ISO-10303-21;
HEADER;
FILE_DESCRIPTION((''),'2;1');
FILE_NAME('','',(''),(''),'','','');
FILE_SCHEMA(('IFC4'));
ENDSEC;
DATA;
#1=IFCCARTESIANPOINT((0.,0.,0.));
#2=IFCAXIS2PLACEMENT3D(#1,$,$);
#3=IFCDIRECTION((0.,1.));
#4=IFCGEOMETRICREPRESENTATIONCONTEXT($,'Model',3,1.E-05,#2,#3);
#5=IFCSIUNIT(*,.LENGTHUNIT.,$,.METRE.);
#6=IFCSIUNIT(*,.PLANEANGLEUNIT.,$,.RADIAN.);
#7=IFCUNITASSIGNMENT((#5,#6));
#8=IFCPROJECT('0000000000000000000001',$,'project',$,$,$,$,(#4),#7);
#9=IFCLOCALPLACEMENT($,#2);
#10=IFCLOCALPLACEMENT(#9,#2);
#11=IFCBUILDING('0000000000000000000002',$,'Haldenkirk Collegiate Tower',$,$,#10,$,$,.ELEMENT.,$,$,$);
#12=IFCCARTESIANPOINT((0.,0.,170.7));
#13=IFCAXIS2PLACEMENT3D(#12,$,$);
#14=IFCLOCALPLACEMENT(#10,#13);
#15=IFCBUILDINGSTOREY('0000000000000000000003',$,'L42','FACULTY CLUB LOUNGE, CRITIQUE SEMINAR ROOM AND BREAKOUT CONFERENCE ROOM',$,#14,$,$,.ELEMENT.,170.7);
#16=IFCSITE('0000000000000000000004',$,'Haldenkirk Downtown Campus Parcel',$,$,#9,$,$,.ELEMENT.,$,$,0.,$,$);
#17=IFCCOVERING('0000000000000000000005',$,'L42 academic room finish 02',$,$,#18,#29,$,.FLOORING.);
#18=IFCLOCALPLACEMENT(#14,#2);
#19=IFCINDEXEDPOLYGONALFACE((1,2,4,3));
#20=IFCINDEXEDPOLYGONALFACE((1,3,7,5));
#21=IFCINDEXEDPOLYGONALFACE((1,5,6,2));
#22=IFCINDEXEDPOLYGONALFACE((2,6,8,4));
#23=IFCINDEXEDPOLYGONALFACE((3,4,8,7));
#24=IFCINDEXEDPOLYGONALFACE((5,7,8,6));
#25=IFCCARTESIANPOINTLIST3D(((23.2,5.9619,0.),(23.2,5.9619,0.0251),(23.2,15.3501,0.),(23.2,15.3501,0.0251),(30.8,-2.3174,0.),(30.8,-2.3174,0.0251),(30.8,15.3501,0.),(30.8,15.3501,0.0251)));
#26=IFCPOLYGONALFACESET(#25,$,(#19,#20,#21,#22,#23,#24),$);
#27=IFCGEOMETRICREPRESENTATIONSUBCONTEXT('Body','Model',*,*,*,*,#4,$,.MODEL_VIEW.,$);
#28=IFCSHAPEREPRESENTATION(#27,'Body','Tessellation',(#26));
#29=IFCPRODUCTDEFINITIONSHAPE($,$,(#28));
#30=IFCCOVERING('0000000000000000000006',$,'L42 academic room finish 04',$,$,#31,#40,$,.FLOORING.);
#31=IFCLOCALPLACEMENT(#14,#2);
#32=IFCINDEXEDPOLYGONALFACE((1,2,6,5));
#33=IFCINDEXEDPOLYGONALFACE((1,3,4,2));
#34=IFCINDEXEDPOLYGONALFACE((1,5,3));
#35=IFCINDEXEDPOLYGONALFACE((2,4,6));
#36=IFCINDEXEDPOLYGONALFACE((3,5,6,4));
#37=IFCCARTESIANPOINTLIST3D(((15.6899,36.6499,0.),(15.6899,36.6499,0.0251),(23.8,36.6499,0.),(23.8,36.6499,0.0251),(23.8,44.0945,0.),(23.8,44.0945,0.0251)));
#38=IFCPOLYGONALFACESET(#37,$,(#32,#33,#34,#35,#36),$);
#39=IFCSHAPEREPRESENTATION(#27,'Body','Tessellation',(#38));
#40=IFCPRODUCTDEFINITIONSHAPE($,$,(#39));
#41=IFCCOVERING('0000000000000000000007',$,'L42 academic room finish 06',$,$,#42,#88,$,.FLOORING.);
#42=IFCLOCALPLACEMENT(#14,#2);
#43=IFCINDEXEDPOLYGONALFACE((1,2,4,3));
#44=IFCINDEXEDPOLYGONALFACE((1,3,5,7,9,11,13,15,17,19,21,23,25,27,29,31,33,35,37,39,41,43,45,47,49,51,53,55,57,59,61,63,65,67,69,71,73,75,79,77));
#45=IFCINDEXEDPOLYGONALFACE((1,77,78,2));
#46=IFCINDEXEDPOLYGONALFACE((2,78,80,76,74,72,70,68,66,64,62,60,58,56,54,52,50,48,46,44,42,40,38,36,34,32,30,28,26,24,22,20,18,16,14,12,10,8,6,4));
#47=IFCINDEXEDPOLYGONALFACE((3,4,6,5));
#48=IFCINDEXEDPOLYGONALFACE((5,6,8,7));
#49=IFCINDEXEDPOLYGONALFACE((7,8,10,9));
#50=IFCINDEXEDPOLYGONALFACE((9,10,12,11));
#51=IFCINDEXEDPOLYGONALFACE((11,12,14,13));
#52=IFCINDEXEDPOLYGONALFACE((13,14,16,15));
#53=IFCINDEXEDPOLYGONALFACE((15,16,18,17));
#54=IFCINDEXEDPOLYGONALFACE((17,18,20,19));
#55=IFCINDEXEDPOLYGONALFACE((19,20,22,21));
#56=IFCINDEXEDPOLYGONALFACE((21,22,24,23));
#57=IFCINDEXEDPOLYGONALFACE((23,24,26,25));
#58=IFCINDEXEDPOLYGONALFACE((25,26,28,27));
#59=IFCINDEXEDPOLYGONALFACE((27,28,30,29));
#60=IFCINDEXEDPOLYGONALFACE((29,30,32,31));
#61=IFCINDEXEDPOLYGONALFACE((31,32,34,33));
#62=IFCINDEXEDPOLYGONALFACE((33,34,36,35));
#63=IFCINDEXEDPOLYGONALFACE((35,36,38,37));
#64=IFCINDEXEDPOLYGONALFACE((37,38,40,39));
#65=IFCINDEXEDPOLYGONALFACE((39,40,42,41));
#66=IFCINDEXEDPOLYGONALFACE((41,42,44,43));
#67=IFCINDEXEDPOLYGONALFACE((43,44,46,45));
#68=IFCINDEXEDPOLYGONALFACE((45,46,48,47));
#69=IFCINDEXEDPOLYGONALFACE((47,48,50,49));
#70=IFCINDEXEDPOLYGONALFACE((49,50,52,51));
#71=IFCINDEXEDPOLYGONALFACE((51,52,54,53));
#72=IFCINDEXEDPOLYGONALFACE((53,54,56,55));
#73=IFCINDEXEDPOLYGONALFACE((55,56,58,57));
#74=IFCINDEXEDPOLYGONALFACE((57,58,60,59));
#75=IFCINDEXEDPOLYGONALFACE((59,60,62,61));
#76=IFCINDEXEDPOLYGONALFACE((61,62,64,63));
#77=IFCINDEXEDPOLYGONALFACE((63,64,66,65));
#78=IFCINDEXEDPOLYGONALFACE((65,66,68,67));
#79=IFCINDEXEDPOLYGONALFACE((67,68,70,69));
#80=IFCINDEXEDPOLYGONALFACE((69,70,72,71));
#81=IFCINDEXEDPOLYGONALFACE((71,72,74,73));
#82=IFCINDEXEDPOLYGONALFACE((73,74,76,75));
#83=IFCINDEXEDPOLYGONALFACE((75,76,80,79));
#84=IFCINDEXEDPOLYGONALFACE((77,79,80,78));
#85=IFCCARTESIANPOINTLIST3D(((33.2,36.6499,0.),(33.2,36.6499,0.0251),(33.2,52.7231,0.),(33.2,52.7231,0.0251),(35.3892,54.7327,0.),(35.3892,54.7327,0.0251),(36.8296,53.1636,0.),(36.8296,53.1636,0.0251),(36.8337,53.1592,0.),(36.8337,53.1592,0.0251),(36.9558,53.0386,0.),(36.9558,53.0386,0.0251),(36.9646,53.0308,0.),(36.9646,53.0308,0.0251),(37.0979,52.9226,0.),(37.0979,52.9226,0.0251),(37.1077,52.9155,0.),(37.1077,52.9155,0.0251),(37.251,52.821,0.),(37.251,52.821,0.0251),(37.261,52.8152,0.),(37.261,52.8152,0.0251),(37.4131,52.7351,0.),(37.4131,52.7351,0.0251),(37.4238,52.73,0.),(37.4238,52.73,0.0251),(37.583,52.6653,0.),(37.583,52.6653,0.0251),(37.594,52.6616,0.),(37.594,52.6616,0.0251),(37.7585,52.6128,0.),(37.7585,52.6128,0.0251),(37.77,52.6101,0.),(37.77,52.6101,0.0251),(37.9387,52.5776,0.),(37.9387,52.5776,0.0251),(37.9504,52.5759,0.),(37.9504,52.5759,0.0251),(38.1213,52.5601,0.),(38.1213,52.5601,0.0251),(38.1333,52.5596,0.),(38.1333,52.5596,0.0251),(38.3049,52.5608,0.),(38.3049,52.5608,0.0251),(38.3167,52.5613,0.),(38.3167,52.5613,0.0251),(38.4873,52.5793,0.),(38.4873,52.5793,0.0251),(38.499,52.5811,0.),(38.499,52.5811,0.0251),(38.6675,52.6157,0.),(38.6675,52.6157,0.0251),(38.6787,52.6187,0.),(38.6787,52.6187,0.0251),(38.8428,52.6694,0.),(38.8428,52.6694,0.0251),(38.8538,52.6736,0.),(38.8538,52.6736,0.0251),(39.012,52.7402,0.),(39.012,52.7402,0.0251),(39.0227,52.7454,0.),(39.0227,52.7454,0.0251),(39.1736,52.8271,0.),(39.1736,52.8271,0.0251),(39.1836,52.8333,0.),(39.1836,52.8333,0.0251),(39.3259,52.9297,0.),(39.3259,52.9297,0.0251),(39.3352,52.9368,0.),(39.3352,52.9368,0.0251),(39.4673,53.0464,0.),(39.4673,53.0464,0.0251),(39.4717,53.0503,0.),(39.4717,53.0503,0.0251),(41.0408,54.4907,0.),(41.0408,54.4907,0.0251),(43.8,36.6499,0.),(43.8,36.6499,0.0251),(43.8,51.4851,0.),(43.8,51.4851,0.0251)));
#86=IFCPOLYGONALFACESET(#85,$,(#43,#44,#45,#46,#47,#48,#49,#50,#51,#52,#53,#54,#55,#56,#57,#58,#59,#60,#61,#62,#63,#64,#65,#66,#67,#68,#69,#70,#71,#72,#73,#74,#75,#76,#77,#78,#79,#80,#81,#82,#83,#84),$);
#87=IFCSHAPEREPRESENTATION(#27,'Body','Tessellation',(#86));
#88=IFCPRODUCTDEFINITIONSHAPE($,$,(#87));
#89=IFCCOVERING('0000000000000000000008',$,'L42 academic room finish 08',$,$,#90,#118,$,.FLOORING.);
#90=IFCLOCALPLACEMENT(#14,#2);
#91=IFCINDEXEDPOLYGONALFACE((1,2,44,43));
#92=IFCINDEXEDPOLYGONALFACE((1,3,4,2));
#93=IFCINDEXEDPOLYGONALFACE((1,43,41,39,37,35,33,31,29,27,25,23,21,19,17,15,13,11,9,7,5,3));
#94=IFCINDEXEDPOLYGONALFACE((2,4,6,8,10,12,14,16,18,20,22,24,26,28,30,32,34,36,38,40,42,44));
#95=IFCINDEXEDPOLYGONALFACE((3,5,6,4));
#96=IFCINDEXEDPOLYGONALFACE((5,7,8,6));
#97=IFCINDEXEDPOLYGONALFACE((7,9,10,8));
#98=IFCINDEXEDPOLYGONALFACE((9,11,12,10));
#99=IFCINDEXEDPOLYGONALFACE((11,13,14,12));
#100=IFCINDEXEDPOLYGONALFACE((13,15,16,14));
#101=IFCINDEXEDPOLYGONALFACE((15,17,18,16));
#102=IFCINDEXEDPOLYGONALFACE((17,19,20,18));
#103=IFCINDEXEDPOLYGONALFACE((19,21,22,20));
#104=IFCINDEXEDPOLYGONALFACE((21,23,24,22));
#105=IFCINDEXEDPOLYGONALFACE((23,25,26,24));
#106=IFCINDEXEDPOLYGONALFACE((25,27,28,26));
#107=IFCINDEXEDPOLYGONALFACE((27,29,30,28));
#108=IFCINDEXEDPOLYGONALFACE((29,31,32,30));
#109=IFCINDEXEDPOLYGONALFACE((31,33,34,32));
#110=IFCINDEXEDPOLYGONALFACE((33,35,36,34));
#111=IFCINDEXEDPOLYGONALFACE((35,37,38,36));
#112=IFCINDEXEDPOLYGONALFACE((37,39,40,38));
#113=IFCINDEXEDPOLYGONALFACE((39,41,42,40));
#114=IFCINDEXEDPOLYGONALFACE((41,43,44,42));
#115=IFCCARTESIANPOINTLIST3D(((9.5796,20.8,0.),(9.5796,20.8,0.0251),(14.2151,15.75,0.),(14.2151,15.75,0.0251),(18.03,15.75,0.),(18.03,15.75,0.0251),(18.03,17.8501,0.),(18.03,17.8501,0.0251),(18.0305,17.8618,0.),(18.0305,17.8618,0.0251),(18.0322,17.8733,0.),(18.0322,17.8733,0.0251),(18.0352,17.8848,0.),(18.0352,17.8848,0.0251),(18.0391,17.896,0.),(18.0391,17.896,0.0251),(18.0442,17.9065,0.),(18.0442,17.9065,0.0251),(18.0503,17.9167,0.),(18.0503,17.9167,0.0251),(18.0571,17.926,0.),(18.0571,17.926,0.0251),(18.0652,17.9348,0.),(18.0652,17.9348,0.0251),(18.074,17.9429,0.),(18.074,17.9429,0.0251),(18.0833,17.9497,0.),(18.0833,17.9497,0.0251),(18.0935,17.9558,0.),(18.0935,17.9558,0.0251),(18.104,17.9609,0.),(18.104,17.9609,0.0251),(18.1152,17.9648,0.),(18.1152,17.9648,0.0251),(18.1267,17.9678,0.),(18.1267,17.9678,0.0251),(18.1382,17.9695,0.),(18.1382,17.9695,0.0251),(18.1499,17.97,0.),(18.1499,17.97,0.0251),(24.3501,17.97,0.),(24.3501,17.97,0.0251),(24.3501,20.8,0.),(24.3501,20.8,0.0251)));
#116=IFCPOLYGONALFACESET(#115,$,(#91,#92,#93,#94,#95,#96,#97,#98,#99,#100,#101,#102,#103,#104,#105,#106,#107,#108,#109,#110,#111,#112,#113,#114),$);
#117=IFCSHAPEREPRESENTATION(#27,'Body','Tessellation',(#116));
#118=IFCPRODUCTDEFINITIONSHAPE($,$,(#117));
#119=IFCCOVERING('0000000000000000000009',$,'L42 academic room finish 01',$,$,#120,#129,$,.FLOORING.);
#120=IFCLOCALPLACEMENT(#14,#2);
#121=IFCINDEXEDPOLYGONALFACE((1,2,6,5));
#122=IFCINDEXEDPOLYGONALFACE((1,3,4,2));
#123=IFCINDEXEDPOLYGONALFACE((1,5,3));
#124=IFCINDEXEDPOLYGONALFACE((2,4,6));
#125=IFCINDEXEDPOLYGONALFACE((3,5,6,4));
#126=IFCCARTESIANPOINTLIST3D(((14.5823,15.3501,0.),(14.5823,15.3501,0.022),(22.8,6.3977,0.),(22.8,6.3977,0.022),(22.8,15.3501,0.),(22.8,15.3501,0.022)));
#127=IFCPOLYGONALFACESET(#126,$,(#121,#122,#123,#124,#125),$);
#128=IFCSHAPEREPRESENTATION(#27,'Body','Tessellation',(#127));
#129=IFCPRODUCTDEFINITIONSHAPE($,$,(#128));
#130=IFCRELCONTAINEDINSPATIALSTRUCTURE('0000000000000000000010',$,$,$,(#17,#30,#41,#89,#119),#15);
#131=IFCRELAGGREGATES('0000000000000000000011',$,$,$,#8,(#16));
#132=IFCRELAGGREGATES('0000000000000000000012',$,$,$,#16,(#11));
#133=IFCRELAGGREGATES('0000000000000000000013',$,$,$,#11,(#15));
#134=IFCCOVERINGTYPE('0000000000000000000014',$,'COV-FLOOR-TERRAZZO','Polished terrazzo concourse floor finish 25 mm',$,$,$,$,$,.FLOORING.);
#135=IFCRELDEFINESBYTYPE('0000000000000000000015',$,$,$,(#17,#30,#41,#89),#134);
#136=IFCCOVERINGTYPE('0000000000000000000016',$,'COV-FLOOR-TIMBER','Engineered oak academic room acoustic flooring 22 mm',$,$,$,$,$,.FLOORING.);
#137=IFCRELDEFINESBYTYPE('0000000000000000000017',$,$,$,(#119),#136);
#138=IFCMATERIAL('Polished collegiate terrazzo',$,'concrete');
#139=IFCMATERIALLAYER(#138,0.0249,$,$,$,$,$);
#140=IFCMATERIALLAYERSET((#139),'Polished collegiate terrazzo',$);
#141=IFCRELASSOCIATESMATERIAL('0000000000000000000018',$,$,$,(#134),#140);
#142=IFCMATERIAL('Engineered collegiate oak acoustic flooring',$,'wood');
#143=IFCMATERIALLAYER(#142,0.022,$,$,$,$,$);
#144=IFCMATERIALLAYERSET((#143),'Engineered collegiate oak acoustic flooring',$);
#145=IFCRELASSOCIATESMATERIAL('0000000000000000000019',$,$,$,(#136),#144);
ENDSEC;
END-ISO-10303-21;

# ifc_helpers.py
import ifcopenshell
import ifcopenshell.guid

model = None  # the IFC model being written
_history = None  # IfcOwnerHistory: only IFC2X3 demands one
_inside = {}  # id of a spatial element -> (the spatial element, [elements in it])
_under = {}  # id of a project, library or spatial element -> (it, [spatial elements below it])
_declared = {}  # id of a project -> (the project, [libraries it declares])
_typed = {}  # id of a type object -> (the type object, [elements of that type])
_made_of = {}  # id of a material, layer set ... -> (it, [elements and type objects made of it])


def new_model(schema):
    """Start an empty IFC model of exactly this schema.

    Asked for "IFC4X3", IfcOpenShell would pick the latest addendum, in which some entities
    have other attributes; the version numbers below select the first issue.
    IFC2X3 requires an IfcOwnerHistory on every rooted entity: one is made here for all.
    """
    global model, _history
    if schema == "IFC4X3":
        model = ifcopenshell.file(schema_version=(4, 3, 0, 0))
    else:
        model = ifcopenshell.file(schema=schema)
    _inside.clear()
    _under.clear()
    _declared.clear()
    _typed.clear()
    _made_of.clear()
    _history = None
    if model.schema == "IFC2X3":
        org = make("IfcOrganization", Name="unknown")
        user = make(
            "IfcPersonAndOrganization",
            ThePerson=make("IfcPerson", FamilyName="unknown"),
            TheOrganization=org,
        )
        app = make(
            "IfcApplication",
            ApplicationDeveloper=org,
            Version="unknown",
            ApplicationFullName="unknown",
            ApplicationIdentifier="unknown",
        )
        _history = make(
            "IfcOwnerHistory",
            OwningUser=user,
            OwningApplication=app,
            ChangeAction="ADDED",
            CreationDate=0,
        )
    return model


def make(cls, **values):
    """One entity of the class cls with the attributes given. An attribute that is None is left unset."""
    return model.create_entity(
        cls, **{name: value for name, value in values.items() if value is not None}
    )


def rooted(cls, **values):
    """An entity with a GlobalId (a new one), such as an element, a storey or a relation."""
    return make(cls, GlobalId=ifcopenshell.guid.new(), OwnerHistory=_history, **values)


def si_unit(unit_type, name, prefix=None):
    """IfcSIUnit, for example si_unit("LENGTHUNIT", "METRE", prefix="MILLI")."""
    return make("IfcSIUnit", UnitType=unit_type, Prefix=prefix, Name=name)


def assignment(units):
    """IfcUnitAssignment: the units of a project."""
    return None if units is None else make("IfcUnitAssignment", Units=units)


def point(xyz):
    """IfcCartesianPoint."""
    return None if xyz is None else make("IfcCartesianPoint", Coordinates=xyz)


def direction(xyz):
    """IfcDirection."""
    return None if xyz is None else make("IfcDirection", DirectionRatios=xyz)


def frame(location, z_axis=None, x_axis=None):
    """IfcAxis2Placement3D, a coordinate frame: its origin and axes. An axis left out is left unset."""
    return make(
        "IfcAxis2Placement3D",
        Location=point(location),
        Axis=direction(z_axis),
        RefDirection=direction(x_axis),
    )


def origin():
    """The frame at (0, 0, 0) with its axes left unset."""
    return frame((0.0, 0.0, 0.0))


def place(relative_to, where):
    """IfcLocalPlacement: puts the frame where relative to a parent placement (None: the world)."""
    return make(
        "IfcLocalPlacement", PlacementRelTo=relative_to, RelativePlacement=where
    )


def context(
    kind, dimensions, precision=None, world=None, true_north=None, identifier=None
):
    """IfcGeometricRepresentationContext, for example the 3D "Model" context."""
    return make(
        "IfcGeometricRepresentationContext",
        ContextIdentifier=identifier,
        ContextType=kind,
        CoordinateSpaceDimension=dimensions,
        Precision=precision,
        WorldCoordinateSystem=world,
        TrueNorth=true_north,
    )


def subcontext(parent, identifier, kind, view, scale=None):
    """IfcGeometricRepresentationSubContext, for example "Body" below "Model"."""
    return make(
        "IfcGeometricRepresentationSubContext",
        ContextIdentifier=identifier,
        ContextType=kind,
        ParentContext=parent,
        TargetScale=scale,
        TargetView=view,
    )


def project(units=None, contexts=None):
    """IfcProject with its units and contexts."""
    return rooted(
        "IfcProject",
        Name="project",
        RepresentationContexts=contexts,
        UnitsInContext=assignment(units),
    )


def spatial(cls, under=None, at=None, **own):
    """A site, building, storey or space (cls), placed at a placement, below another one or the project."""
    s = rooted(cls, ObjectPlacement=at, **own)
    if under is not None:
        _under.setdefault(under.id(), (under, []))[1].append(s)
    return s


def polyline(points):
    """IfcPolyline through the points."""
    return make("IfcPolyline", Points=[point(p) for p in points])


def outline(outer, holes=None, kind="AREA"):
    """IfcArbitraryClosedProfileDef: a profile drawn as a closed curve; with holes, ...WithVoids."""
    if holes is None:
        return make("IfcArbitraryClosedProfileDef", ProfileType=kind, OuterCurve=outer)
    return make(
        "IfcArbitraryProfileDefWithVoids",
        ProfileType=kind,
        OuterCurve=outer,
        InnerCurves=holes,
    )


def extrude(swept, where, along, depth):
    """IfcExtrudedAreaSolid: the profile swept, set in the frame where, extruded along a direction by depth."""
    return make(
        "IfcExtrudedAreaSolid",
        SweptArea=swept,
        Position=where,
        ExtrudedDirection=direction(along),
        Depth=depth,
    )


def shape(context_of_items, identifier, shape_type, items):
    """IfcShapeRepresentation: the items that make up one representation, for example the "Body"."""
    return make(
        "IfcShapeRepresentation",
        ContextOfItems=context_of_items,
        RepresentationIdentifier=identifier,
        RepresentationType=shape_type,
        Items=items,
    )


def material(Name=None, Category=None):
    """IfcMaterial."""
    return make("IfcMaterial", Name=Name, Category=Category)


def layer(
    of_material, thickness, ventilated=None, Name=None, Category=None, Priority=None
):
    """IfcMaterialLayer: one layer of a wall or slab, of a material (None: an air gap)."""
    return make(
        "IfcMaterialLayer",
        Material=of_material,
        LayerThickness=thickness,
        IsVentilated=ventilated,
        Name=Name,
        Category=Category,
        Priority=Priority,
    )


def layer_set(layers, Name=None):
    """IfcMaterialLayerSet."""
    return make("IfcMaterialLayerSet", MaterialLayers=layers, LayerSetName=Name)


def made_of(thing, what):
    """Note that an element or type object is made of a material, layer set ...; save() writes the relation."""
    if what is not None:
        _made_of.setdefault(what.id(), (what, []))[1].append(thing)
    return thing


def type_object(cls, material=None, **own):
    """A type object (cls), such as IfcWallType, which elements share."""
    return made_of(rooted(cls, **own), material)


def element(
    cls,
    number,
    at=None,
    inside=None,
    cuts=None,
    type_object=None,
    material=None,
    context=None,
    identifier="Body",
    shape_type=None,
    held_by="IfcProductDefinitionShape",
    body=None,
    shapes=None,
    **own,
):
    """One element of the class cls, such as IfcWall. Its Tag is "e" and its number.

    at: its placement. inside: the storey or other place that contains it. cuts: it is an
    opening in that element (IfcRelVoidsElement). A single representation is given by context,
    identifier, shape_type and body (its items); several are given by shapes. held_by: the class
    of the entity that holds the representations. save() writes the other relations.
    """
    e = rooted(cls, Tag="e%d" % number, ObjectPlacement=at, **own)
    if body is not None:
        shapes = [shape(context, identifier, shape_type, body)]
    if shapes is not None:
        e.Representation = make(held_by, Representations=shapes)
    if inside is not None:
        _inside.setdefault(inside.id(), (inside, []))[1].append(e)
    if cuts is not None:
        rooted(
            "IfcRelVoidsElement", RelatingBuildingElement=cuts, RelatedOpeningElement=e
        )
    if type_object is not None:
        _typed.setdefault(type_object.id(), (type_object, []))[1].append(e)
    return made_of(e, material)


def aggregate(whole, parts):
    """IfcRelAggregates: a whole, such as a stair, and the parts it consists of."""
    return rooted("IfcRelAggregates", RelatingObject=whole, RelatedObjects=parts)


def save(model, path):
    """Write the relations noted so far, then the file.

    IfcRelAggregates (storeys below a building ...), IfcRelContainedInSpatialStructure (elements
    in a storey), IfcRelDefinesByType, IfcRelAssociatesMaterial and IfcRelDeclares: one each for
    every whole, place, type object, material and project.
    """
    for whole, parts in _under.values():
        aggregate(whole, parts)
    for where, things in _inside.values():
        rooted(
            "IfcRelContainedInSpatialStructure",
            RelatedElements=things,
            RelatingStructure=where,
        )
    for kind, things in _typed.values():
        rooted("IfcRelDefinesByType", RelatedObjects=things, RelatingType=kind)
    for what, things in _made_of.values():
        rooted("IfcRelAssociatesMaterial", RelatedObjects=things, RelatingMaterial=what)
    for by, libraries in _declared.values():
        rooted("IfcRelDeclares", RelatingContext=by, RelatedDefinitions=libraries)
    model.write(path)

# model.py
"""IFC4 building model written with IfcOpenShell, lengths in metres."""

from ifc_helpers import new_model, si_unit, direction, frame, origin, place, context, subcontext, project, spatial, polyline, outline, extrude, material, layer, layer_set, type_object, element, save


model = new_model("IFC4")

# Units and contexts
model_context = context("Model", 3, precision=1e-05, world=origin(), true_north=direction((0.0, 1.0)))
body_context = subcontext(model_context, "Body", "Model", "MODEL_VIEW")
ifc_project = project(units=[si_unit("LENGTHUNIT", "METRE"), si_unit("PLANEANGLEUNIT", "RADIAN")], contexts=[model_context])

# Site, building, storey
site_placement = place(None, origin())
site = spatial("IfcSite", under=ifc_project, at=site_placement, Name="Haldenkirk Downtown Campus Parcel", CompositionType="ELEMENT", RefElevation=0.0)
building_placement = place(site_placement, origin())
building = spatial("IfcBuilding", under=site, at=building_placement, Name="Haldenkirk Collegiate Tower", CompositionType="ELEMENT")
storey_placement = place(building_placement, frame((0.0, 0.0, 170.7)))
storey = spatial("IfcBuildingStorey", under=building, at=storey_placement, Name="L42", Description="FACULTY CLUB LOUNGE, CRITIQUE SEMINAR ROOM AND BREAKOUT CONFERENCE ROOM", CompositionType="ELEMENT", Elevation=170.7)

# Coverings
ifc_material_1 = material(Name="Polished collegiate terrazzo", Category="concrete")
ifc_layer_1 = layer(ifc_material_1, 0.0249)
ifc_layer_set_1 = layer_set([ifc_layer_1], Name="Polished collegiate terrazzo")
covering_type_1 = type_object("IfcCoveringType", Name="COV-FLOOR-TERRAZZO", Description="Polished terrazzo concourse floor finish 25 mm", PredefinedType="FLOORING", material=ifc_layer_set_1)
covering_1_placement = place(storey_placement, origin())
element("IfcCovering", 1, at=covering_1_placement, inside=storey, type_object=covering_type_1, Name="L42 academic room finish 02", PredefinedType="FLOORING", context=body_context, shape_type="SweptSolid", body=[
    extrude(outline(polyline([(23.2, 5.9619), (23.2, 15.3501), (30.8, 15.3501), (30.8, -2.3174), (23.2, 5.9619)])), origin(), (0.0, 0.0, 1.0), 0.0251),
])
covering_2_placement = place(storey_placement, origin())
element("IfcCovering", 2, at=covering_2_placement, inside=storey, type_object=covering_type_1, Name="L42 academic room finish 04", PredefinedType="FLOORING", context=body_context, shape_type="SweptSolid", body=[
    extrude(outline(polyline([(23.8, 44.0945), (23.8, 36.6499), (15.6899, 36.6499), (23.8, 44.0945)])), origin(), (0.0, 0.0, 1.0), 0.0251),
])
covering_3_placement = place(storey_placement, origin())
element("IfcCovering", 3, at=covering_3_placement, inside=storey, type_object=covering_type_1, Name="L42 academic room finish 06", PredefinedType="FLOORING", context=body_context, shape_type="SweptSolid", body=[
    extrude(outline(polyline([(36.8296, 53.1636), (36.8337, 53.1592), (36.9558, 53.0386), (36.9646, 53.0308), (37.0979, 52.9226), (37.1077, 52.9155), (37.251, 52.821), (37.261, 52.8152), (37.4131, 52.7351), (37.4238, 52.73), (37.583, 52.6653), (37.594, 52.6616), (37.7585, 52.6128), (37.77, 52.6101), (37.9387, 52.5776), (37.9504, 52.5759), (38.1213, 52.5601), (38.1333, 52.5596), (38.3049, 52.5608), (38.3167, 52.5613), (38.4873, 52.5793), (38.499, 52.5811), (38.6675, 52.6157), (38.6787, 52.6187), (38.8428, 52.6694), (38.8538, 52.6736), (39.012, 52.7402), (39.0227, 52.7454), (39.1736, 52.8271), (39.1836, 52.8333), (39.3259, 52.9297), (39.3352, 52.9368), (39.4673, 53.0464), (39.4717, 53.0503), (41.0408, 54.4907), (43.8, 51.4851), (43.8, 36.6499), (33.2, 36.6499), (33.2, 52.7231), (35.3892, 54.7327), (36.8296, 53.1636)])), origin(), (0.0, 0.0, 1.0), 0.0251),
])
covering_4_placement = place(storey_placement, origin())
element("IfcCovering", 4, at=covering_4_placement, inside=storey, type_object=covering_type_1, Name="L42 academic room finish 08", PredefinedType="FLOORING", context=body_context, shape_type="SweptSolid", body=[
    extrude(outline(polyline([(18.1499, 17.97), (18.1382, 17.9695), (18.1267, 17.9678), (18.1152, 17.9648), (18.104, 17.9609), (18.0935, 17.9558), (18.0833, 17.9497), (18.074, 17.9429), (18.0652, 17.9348), (18.0571, 17.926), (18.0503, 17.9167), (18.0442, 17.9065), (18.0391, 17.896), (18.0352, 17.8848), (18.0322, 17.8733), (18.0305, 17.8618), (18.03, 17.8501), (18.03, 15.75), (14.2151, 15.75), (9.5796, 20.8), (24.3501, 20.8), (24.3501, 17.97), (18.1499, 17.97)])), origin(), (0.0, 0.0, 1.0), 0.0251),
])
ifc_material_2 = material(Name="Engineered collegiate oak acoustic flooring", Category="wood")
ifc_layer_2 = layer(ifc_material_2, 0.022)
ifc_layer_set_2 = layer_set([ifc_layer_2], Name="Engineered collegiate oak acoustic flooring")
covering_type_2 = type_object("IfcCoveringType", Name="COV-FLOOR-TIMBER", Description="Engineered oak academic room acoustic flooring 22 mm", PredefinedType="FLOORING", material=ifc_layer_set_2)
covering_5_placement = place(storey_placement, origin())
element("IfcCovering", 5, at=covering_5_placement, inside=storey, type_object=covering_type_2, Name="L42 academic room finish 01", PredefinedType="FLOORING", context=body_context, shape_type="SweptSolid", body=[
    extrude(outline(polyline([(14.5823, 15.3501), (22.8, 15.3501), (22.8, 6.3977), (14.5823, 15.3501)])), origin(), (0.0, 0.0, 1.0), 0.022),
])

save(model, "model.ifc")
